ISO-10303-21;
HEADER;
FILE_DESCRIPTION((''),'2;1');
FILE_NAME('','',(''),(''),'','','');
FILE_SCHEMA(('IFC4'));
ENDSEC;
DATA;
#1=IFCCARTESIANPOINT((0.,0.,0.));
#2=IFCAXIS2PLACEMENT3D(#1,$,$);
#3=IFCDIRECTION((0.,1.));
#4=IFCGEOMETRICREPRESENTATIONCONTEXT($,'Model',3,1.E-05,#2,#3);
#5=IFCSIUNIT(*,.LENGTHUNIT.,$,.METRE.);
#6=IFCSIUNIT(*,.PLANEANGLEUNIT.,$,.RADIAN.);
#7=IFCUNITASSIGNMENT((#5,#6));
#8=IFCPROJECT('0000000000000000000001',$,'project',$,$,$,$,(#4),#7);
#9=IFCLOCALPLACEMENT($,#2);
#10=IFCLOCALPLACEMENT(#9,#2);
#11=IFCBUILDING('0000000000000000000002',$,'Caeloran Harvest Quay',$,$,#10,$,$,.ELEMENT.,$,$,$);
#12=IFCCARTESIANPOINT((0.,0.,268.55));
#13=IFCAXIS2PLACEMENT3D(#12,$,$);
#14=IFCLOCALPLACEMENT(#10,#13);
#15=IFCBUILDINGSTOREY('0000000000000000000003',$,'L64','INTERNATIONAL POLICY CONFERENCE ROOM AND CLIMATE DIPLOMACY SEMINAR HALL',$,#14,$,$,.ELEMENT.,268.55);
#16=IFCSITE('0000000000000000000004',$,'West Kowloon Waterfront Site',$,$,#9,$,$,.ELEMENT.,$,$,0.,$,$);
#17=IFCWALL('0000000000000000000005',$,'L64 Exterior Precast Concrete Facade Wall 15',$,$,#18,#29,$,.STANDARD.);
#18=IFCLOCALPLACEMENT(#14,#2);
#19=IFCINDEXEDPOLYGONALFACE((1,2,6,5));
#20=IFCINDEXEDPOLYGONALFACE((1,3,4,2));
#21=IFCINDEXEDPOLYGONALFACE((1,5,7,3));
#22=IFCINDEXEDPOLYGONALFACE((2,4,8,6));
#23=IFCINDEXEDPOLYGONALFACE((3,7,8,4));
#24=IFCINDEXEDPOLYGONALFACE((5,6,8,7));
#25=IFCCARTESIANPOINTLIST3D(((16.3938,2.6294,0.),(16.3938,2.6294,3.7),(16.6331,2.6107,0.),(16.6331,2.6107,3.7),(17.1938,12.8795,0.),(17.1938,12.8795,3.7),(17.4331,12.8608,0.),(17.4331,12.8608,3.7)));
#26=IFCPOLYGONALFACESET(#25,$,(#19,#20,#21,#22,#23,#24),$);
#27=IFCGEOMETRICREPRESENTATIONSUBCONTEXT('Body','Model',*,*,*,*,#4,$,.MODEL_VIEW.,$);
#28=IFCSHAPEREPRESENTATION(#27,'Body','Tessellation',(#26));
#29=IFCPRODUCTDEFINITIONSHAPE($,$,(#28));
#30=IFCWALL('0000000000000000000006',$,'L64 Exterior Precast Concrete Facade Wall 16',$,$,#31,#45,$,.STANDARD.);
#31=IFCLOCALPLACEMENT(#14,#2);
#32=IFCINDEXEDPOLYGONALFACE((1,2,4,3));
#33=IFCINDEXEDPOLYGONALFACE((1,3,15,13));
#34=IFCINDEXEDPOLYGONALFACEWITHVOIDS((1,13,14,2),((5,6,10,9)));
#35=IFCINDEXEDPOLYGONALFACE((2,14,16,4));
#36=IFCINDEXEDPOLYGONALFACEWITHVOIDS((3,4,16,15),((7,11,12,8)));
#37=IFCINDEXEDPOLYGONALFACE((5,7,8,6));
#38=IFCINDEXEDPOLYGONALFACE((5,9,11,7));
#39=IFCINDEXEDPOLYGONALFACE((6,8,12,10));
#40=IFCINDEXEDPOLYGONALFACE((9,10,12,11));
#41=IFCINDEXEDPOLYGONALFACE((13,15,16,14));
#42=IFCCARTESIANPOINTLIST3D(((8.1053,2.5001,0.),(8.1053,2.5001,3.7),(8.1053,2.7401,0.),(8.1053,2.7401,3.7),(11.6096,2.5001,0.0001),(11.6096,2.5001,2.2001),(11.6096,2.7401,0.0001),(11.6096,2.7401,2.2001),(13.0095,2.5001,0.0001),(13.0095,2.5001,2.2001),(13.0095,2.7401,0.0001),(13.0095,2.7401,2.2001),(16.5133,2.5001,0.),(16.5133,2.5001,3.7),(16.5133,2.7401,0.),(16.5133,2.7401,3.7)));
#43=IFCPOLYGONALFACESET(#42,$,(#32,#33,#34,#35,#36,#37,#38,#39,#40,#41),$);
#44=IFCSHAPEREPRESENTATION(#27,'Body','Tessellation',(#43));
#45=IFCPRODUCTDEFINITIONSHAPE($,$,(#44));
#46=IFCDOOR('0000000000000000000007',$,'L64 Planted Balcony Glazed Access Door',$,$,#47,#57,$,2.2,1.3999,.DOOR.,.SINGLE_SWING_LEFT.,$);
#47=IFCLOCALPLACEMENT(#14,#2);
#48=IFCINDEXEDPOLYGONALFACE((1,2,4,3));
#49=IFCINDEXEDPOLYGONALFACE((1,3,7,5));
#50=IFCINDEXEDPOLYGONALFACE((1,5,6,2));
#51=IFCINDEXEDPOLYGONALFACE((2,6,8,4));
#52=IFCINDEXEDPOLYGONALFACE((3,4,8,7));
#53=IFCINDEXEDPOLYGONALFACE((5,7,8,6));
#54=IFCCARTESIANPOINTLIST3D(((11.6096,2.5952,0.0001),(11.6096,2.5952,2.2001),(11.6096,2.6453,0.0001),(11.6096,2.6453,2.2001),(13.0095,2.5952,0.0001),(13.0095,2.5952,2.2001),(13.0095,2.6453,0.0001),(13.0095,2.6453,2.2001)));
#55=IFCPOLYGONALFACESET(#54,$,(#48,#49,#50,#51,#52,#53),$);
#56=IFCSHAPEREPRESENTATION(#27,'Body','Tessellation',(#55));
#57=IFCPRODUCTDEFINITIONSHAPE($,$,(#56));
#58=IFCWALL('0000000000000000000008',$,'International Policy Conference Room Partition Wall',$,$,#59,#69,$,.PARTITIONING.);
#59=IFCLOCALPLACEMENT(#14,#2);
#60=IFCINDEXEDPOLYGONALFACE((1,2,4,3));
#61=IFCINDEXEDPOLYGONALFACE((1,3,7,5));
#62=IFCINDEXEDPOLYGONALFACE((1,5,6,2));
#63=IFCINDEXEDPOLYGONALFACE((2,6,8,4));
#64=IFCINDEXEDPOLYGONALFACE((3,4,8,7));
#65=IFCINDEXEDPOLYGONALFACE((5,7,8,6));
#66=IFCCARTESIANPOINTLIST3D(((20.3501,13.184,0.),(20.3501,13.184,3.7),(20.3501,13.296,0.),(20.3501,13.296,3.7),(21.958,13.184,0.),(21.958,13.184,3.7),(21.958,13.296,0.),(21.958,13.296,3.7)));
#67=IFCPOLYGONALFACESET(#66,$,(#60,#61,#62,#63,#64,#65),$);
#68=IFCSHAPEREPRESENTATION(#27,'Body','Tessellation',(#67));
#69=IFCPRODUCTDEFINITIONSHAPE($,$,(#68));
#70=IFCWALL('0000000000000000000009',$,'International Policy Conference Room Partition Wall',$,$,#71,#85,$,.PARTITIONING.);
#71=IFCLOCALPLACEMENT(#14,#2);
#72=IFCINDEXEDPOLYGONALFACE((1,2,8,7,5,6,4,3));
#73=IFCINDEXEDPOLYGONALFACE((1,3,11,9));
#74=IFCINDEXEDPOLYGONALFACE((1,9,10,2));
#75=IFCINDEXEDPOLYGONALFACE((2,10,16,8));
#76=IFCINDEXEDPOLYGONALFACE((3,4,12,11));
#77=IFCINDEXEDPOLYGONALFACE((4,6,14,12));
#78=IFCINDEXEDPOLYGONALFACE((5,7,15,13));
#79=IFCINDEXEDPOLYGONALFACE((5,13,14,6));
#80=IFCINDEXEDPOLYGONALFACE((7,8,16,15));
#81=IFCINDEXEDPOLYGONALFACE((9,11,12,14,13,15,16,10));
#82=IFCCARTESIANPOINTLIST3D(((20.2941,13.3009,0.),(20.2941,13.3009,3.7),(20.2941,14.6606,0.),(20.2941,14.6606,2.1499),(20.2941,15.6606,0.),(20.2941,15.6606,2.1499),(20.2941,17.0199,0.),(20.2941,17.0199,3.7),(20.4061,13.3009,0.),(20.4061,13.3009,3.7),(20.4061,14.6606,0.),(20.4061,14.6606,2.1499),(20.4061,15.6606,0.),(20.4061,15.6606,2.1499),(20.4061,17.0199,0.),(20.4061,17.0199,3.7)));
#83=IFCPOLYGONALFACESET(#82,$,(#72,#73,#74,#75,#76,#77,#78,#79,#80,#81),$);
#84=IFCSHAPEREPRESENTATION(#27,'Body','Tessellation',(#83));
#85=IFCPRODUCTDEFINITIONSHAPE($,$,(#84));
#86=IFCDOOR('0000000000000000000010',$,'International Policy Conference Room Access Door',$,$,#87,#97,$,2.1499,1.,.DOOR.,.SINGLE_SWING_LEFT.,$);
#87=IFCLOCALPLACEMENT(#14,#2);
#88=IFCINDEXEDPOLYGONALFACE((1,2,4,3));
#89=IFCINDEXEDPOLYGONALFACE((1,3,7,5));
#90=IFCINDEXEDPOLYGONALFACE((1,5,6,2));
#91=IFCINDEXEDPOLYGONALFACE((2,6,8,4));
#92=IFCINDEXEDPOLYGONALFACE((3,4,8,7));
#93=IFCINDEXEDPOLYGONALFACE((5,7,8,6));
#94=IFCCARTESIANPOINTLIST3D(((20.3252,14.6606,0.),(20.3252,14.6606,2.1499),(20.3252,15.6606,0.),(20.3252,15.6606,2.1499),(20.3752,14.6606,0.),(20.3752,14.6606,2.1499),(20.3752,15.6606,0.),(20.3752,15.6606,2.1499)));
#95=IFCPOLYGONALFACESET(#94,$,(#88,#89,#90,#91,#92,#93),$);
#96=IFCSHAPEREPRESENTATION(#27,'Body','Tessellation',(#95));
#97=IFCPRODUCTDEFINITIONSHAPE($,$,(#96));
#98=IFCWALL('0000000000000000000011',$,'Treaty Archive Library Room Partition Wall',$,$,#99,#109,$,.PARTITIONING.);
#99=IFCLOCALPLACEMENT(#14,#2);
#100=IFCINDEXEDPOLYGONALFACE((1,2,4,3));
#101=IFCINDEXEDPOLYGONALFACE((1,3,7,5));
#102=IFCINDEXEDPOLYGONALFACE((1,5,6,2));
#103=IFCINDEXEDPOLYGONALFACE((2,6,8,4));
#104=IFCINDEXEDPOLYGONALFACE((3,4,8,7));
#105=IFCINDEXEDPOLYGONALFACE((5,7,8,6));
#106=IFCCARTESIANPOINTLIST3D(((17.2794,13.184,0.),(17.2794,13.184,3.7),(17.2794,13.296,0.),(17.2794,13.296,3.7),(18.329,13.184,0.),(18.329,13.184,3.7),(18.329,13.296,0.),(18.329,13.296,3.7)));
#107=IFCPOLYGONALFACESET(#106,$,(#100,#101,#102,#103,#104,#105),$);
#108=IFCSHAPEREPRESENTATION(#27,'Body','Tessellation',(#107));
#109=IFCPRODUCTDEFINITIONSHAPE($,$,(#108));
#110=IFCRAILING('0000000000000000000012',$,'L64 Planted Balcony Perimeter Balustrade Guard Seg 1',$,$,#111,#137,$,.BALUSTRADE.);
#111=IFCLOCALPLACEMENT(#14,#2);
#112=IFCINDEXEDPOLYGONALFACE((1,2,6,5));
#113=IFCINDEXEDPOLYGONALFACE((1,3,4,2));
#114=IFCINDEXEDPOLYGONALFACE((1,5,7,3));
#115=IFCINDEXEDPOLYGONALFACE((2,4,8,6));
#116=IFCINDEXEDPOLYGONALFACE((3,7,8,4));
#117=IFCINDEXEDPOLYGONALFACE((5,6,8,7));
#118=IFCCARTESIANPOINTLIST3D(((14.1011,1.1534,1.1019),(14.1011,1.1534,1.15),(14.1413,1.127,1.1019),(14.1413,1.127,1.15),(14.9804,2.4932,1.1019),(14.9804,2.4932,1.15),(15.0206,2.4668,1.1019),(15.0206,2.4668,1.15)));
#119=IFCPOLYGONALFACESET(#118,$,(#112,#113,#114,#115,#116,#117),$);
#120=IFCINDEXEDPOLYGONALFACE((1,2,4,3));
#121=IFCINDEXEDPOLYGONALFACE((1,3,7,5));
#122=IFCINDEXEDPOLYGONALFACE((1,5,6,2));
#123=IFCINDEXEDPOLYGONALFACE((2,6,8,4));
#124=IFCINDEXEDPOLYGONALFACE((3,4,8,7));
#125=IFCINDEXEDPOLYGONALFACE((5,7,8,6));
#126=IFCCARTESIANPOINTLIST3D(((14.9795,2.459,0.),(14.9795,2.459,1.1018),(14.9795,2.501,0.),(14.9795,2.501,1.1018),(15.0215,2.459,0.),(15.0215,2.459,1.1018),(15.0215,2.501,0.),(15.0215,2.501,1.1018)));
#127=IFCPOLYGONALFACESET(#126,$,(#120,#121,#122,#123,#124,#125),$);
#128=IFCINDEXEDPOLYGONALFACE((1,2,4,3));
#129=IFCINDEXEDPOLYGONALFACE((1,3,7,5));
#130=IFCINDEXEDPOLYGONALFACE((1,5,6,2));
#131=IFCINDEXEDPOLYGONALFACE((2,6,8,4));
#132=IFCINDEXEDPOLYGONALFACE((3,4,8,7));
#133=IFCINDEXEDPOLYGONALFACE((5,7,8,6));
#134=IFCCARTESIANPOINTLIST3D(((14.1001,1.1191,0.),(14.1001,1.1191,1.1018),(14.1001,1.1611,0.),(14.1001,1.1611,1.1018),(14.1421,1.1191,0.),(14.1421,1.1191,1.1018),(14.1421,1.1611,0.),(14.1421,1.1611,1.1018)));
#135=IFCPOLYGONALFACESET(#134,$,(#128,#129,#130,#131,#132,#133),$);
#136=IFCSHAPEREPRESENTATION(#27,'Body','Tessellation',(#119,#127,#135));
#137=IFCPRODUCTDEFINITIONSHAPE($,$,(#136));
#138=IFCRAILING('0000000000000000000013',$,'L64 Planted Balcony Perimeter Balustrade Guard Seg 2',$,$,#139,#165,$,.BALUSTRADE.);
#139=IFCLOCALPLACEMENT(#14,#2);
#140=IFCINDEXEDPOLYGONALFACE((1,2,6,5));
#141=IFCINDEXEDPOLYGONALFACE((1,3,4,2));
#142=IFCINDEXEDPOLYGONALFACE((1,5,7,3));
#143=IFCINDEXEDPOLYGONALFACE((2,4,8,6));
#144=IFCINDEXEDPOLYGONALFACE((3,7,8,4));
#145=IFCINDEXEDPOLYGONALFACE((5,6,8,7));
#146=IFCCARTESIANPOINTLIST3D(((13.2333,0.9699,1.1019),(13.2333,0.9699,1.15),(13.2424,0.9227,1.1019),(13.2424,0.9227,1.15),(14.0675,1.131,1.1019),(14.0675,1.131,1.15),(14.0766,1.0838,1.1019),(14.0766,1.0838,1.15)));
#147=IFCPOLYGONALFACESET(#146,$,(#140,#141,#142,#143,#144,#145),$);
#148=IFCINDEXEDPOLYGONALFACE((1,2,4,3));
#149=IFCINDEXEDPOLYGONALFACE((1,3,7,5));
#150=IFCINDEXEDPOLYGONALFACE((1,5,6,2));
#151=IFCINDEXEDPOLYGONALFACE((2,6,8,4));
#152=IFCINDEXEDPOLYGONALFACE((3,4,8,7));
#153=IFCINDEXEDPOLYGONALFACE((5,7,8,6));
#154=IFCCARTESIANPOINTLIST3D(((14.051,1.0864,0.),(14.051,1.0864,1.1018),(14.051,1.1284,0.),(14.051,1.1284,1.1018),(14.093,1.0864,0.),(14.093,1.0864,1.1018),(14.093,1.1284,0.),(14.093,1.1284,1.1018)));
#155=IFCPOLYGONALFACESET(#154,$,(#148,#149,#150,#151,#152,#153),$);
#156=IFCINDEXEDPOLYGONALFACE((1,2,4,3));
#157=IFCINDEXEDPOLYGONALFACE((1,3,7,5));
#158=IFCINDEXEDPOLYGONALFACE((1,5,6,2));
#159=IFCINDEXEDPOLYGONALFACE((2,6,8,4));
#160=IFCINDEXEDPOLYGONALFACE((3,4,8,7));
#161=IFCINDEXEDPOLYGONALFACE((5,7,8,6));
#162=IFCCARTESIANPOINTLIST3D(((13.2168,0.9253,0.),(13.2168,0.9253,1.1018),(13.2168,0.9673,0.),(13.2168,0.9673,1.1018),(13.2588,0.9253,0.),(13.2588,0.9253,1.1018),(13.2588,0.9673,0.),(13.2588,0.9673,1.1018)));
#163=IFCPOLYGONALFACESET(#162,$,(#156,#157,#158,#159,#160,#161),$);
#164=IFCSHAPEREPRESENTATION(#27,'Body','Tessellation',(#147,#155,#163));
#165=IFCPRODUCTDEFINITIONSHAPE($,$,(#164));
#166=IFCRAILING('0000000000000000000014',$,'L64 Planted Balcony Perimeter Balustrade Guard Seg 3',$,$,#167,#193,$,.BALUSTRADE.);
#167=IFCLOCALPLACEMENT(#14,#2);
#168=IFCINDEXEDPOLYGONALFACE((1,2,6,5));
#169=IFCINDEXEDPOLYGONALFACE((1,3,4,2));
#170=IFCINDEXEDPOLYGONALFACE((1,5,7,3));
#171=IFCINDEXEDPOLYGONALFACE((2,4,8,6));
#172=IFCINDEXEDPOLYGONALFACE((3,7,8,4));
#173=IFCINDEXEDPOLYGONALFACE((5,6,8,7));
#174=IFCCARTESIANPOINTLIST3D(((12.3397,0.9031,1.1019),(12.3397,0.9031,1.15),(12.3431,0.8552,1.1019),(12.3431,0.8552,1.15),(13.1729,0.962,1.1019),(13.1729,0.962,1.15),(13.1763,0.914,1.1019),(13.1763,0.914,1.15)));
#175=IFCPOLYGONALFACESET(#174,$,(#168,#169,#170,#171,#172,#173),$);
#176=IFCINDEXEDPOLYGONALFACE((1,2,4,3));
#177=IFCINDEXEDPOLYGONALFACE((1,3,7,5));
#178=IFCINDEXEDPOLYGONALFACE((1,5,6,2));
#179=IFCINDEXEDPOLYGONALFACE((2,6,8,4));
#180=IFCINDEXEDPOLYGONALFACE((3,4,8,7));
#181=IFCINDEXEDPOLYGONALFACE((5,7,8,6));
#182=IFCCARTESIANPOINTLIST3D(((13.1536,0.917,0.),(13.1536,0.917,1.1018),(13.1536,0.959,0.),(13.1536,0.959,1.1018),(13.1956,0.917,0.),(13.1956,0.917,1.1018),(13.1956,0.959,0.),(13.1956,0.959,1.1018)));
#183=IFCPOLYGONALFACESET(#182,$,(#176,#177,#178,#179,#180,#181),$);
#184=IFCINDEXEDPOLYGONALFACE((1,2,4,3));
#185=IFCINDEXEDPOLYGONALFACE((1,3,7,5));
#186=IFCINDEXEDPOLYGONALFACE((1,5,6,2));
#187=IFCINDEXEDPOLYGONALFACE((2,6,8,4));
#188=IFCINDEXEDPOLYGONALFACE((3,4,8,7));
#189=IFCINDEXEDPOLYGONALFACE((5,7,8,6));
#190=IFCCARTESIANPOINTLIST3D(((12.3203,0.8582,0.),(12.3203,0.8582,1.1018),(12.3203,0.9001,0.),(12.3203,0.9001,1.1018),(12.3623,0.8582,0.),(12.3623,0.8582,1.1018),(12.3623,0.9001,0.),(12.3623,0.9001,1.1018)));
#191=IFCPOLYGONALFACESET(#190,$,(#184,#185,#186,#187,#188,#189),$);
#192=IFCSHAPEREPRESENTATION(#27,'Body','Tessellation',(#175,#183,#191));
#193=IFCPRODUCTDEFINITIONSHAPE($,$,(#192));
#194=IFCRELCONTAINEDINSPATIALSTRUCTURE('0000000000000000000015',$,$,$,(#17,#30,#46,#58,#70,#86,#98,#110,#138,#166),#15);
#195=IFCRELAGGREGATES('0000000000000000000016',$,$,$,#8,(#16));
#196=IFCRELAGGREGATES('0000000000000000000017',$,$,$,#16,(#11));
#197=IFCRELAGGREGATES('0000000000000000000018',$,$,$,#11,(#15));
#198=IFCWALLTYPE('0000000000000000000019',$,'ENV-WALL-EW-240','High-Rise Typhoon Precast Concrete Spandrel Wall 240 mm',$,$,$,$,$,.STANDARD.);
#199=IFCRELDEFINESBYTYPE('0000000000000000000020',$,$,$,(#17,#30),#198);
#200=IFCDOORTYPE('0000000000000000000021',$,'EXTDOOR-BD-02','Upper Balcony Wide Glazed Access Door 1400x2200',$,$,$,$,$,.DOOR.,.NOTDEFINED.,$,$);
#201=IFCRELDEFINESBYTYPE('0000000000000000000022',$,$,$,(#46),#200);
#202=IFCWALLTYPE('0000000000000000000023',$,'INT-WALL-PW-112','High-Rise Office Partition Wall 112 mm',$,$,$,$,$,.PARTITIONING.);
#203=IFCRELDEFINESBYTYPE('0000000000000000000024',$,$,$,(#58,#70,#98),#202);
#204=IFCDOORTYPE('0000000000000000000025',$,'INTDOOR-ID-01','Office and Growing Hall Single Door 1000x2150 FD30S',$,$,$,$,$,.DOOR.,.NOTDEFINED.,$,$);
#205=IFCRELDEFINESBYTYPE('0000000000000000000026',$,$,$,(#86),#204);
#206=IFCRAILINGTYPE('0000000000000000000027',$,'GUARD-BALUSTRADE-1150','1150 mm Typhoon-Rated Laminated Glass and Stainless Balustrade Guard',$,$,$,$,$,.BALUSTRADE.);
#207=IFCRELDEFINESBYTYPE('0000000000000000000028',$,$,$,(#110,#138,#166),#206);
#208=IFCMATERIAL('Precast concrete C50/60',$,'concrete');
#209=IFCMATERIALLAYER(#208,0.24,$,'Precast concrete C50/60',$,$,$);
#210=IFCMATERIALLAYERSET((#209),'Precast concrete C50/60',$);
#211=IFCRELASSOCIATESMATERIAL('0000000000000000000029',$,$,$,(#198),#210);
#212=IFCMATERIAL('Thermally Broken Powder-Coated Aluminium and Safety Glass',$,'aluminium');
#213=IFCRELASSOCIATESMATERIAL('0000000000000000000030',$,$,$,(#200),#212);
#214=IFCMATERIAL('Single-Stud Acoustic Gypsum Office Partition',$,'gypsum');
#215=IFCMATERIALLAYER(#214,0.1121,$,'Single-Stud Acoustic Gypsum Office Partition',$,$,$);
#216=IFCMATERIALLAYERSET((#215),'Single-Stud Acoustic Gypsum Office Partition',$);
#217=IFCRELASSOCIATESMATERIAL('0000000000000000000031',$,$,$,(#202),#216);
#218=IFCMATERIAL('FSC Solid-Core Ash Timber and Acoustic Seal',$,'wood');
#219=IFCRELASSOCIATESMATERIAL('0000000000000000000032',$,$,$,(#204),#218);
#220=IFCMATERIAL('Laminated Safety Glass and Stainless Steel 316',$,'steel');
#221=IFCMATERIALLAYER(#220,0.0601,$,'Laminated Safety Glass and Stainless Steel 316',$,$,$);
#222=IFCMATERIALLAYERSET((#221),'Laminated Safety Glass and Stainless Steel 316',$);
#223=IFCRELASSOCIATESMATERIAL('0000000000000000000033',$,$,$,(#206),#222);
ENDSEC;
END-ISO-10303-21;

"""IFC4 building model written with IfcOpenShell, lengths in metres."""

from ifc_helpers import new_model, si_unit, direction, frame, frame_2d, origin, origin_2d, place, context, subcontext, project, spatial, rectangle, extrude, material, layer, layer_set, type_object, element, fill, save


model = new_model("IFC4")

# Units and contexts
model_context = context("Model", 3, precision=1e-05, world=origin(), true_north=direction((0.0, 1.0)))
body_context = subcontext(model_context, "Body", "Model", "MODEL_VIEW")
ifc_project = project(units=[si_unit("LENGTHUNIT", "METRE"), si_unit("PLANEANGLEUNIT", "RADIAN")], contexts=[model_context])

# Site, building, storey
site_placement = place(None, origin())
site = spatial("IfcSite", under=ifc_project, at=site_placement, Name="West Kowloon Waterfront Site", CompositionType="ELEMENT", RefElevation=0.0)
building_placement = place(site_placement, origin())
building = spatial("IfcBuilding", under=site, at=building_placement, Name="Caeloran Harvest Quay", CompositionType="ELEMENT")
storey_placement = place(building_placement, frame((0.0, 0.0, 268.55)))
storey = spatial("IfcBuildingStorey", under=building, at=storey_placement, Name="L64", Description="INTERNATIONAL POLICY CONFERENCE ROOM AND CLIMATE DIPLOMACY SEMINAR HALL", CompositionType="ELEMENT", Elevation=268.55)

# Shared definitions
ifc_material_1 = material(Name="Precast concrete C50/60", Category="concrete")

# Shared definitions
ifc_layer_1 = layer(ifc_material_1, 0.24, Name="Precast concrete C50/60")
ifc_layer_set_1 = layer_set([ifc_layer_1], Name="Precast concrete C50/60")
wall_type_1 = type_object("IfcWallType", Name="ENV-WALL-EW-240", Description="High-Rise Typhoon Precast Concrete Spandrel Wall 240 mm", PredefinedType="STANDARD", material=ifc_layer_set_1)

# Wall
wall_1_placement = place(storey_placement, frame((17.3135, 12.8701, 0.0), z_axis=(0.0, 0.0, 1.0), x_axis=(-0.077817, -0.996968, 0.0)))
element("IfcWall", 1, at=wall_1_placement, inside=storey, type_object=wall_type_1, Name="L64 Exterior Precast Concrete Facade Wall 15", PredefinedType="STANDARD", context=body_context, shape_type="SweptSolid", body=[
    extrude(rectangle(XDim=10.2812, YDim=0.24, at=frame_2d((5.1406, 0.0))), origin(), (0.0, 0.0, 1.0), 3.7),
])

# Wall, opening, door
wall_2_placement = place(storey_placement, frame((16.5134, 2.6201, 0.0), z_axis=(0.0, 0.0, 1.0), x_axis=(-1.0, 0.0, 0.0)))
wall_2 = element("IfcWall", 2, at=wall_2_placement, inside=storey, type_object=wall_type_1, Name="L64 Exterior Precast Concrete Facade Wall 16", PredefinedType="STANDARD", context=body_context, shape_type="SweptSolid", body=[
    extrude(rectangle(XDim=8.408, YDim=0.24, at=frame_2d((4.2041, 0.0))), origin(), (0.0, 0.0, 1.0), 3.7),
])
opening_1_placement = place(wall_2_placement, frame((3.5039, 0.0, 0.0)))
opening_1 = element("IfcOpeningElement", 3, at=opening_1_placement, cuts=wall_2, PredefinedType="OPENING", context=body_context, shape_type="SweptSolid", body=[
    extrude(rectangle(XDim=1.3999, YDim=2.2, at=frame_2d((0.7, 1.1001))), frame((0.0, 0.1299, 0.0), z_axis=(0.0, -1.0, 0.0), x_axis=(1.0, 0.0, 0.0)), (0.0, 0.0, 1.0), 0.26),
])
ifc_material_2 = material(Name="Thermally Broken Powder-Coated Aluminium and Safety Glass", Category="aluminium")
door_type_1 = type_object("IfcDoorType", Name="EXTDOOR-BD-02", Description="Upper Balcony Wide Glazed Access Door 1400x2200", OperationType="NOTDEFINED", PredefinedType="DOOR", material=ifc_material_2)
door_1_placement = place(opening_1_placement, origin())
door_1 = element("IfcDoor", 4, at=door_1_placement, inside=storey, type_object=door_type_1, Name="L64 Planted Balcony Glazed Access Door", OperationType="SINGLE_SWING_LEFT", OverallHeight=2.2, OverallWidth=1.3999, PredefinedType="DOOR", context=body_context, shape_type="SweptSolid", body=[
    extrude(rectangle(XDim=1.3999, YDim=2.2, at=frame_2d((0.7, 1.1001))), frame((0.0, 0.0249, 0.0), z_axis=(0.0, -1.0, 0.0), x_axis=(1.0, 0.0, 0.0)), (0.0, 0.0, 1.0), 0.05),
])
fill(opening_1, door_1)

# Wall
ifc_material_3 = material(Name="Single-Stud Acoustic Gypsum Office Partition", Category="gypsum")
ifc_layer_2 = layer(ifc_material_3, 0.1121, Name="Single-Stud Acoustic Gypsum Office Partition")
ifc_layer_set_2 = layer_set([ifc_layer_2], Name="Single-Stud Acoustic Gypsum Office Partition")
wall_type_2 = type_object("IfcWallType", Name="INT-WALL-PW-112", Description="High-Rise Office Partition Wall 112 mm", PredefinedType="PARTITIONING", material=ifc_layer_set_2)
wall_3_placement = place(storey_placement, frame((21.958, 13.24, 0.0), z_axis=(0.0, 0.0, 1.0), x_axis=(-1.0, 0.0, 0.0)))
element("IfcWall", 5, at=wall_3_placement, inside=storey, type_object=wall_type_2, Name="International Policy Conference Room Partition Wall", PredefinedType="PARTITIONING", context=body_context, shape_type="SweptSolid", body=[
    extrude(rectangle(XDim=1.6079, YDim=0.1121, at=frame_2d((0.804, 0.0))), origin(), (0.0, 0.0, 1.0), 3.7),
])

# Wall, opening, door
wall_4_placement = place(storey_placement, frame((20.3501, 13.301, 0.0), z_axis=(0.0, 0.0, 1.0), x_axis=(0.0, 1.0, 0.0)))
wall_4 = element("IfcWall", 6, at=wall_4_placement, inside=storey, type_object=wall_type_2, Name="International Policy Conference Room Partition Wall", PredefinedType="PARTITIONING", context=body_context, shape_type="SweptSolid", body=[
    extrude(rectangle(XDim=3.719, YDim=0.1121, at=frame_2d((1.8594, 0.0))), origin(), (0.0, 0.0, 1.0), 3.7),
])
opening_2_placement = place(wall_4_placement, frame((1.3596, 0.0, 0.0)))
opening_2 = element("IfcOpeningElement", 7, at=opening_2_placement, cuts=wall_4, PredefinedType="OPENING", context=body_context, shape_type="SweptSolid", body=[
    extrude(rectangle(XDim=1.0, YDim=2.1499, at=frame_2d((0.5, 1.075))), frame((0.0, 0.0659, 0.0), z_axis=(0.0, -1.0, 0.0), x_axis=(1.0, 0.0, 0.0)), (0.0, 0.0, 1.0), 0.1321),
])
ifc_material_4 = material(Name="FSC Solid-Core Ash Timber and Acoustic Seal", Category="wood")
door_type_2 = type_object("IfcDoorType", Name="INTDOOR-ID-01", Description="Office and Growing Hall Single Door 1000x2150 FD30S", OperationType="NOTDEFINED", PredefinedType="DOOR", material=ifc_material_4)
door_2_placement = place(opening_2_placement, origin())
door_2 = element("IfcDoor", 8, at=door_2_placement, inside=storey, type_object=door_type_2, Name="International Policy Conference Room Access Door", OperationType="SINGLE_SWING_LEFT", OverallHeight=2.1499, OverallWidth=1.0, PredefinedType="DOOR", context=body_context, shape_type="SweptSolid", body=[
    extrude(rectangle(XDim=1.0, YDim=2.1499, at=frame_2d((0.5, 1.075))), frame((0.0, 0.0249, 0.0), z_axis=(0.0, -1.0, 0.0), x_axis=(1.0, 0.0, 0.0)), (0.0, 0.0, 1.0), 0.05),
])
fill(opening_2, door_2)

# Wall
wall_5_placement = place(storey_placement, frame((18.3291, 13.24, 0.0), z_axis=(0.0, 0.0, 1.0), x_axis=(-1.0, 0.0, 0.0)))
element("IfcWall", 9, at=wall_5_placement, inside=storey, type_object=wall_type_2, Name="Treaty Archive Library Room Partition Wall", PredefinedType="PARTITIONING", context=body_context, shape_type="SweptSolid", body=[
    extrude(rectangle(XDim=1.0496, YDim=0.1121, at=frame_2d((0.5249, 0.0))), origin(), (0.0, 0.0, 1.0), 3.7),
])

# Railings
ifc_material_5 = material(Name="Laminated Safety Glass and Stainless Steel 316", Category="steel")
ifc_layer_3 = layer(ifc_material_5, 0.0601, Name="Laminated Safety Glass and Stainless Steel 316")
ifc_layer_set_3 = layer_set([ifc_layer_3], Name="Laminated Safety Glass and Stainless Steel 316")
railing_type = type_object("IfcRailingType", Name="GUARD-BALUSTRADE-1150", Description="1150 mm Typhoon-Rated Laminated Glass and Stainless Balustrade Guard", PredefinedType="BALUSTRADE", material=ifc_layer_set_3)
railing_1_placement = place(storey_placement, frame((15.0005, 2.48, 0.0)))
element("IfcRailing", 10, at=railing_1_placement, inside=storey, type_object=railing_type, Name="L64 Planted Balcony Perimeter Balustrade Guard Seg 1", PredefinedType="BALUSTRADE", context=body_context, shape_type="SweptSolid", body=[
    extrude(rectangle(XDim=0.0481, YDim=0.0481, at=origin_2d()), frame((0.0, 0.0, 1.126), z_axis=(-0.54871, -0.836013, 0.0), x_axis=(0.836013, -0.54871, 0.0)), (0.0, 0.0, 1.0), 1.6025),
    extrude(rectangle(XDim=0.042, YDim=0.042, at=origin_2d()), origin(), (0.0, 0.0, 1.0), 1.1018),
    extrude(rectangle(XDim=0.042, YDim=0.042, at=origin_2d()), frame((-0.8794, -1.3398, 0.0)), (0.0, 0.0, 1.0), 1.1018),
])
railing_2_placement = place(storey_placement, frame((14.072, 1.1074, 0.0)))
element("IfcRailing", 11, at=railing_2_placement, inside=storey, type_object=railing_type, Name="L64 Planted Balcony Perimeter Balustrade Guard Seg 2", PredefinedType="BALUSTRADE", context=body_context, shape_type="SweptSolid", body=[
    extrude(rectangle(XDim=0.0481, YDim=0.0481, at=origin_2d()), frame((0.0, 0.0, 1.126), z_axis=(-0.981852, -0.189647, 0.0), x_axis=(0.189647, -0.981852, 0.0)), (0.0, 0.0, 1.0), 0.8496),
    extrude(rectangle(XDim=0.042, YDim=0.042, at=origin_2d()), origin(), (0.0, 0.0, 1.0), 1.1018),
    extrude(rectangle(XDim=0.042, YDim=0.042, at=origin_2d()), frame((-0.8342, -0.1611, 0.0)), (0.0, 0.0, 1.0), 1.1018),
])
railing_3_placement = place(storey_placement, frame((13.1746, 0.938, 0.0)))
element("IfcRailing", 12, at=railing_3_placement, inside=storey, type_object=railing_type, Name="L64 Planted Balcony Perimeter Balustrade Guard Seg 3", PredefinedType="BALUSTRADE", context=body_context, shape_type="SweptSolid", body=[
    extrude(rectangle(XDim=0.0481, YDim=0.0481, at=origin_2d()), frame((0.0, 0.0, 1.126), z_axis=(-0.997516, -0.070437, 0.0), x_axis=(0.070437, -0.997516, 0.0)), (0.0, 0.0, 1.0), 0.8352),
    extrude(rectangle(XDim=0.042, YDim=0.042, at=origin_2d()), origin(), (0.0, 0.0, 1.0), 1.1018),
    extrude(rectangle(XDim=0.042, YDim=0.042, at=origin_2d()), frame((-0.8333, -0.0588, 0.0)), (0.0, 0.0, 1.0), 1.1018),
])

save(model, "model.ifc")
